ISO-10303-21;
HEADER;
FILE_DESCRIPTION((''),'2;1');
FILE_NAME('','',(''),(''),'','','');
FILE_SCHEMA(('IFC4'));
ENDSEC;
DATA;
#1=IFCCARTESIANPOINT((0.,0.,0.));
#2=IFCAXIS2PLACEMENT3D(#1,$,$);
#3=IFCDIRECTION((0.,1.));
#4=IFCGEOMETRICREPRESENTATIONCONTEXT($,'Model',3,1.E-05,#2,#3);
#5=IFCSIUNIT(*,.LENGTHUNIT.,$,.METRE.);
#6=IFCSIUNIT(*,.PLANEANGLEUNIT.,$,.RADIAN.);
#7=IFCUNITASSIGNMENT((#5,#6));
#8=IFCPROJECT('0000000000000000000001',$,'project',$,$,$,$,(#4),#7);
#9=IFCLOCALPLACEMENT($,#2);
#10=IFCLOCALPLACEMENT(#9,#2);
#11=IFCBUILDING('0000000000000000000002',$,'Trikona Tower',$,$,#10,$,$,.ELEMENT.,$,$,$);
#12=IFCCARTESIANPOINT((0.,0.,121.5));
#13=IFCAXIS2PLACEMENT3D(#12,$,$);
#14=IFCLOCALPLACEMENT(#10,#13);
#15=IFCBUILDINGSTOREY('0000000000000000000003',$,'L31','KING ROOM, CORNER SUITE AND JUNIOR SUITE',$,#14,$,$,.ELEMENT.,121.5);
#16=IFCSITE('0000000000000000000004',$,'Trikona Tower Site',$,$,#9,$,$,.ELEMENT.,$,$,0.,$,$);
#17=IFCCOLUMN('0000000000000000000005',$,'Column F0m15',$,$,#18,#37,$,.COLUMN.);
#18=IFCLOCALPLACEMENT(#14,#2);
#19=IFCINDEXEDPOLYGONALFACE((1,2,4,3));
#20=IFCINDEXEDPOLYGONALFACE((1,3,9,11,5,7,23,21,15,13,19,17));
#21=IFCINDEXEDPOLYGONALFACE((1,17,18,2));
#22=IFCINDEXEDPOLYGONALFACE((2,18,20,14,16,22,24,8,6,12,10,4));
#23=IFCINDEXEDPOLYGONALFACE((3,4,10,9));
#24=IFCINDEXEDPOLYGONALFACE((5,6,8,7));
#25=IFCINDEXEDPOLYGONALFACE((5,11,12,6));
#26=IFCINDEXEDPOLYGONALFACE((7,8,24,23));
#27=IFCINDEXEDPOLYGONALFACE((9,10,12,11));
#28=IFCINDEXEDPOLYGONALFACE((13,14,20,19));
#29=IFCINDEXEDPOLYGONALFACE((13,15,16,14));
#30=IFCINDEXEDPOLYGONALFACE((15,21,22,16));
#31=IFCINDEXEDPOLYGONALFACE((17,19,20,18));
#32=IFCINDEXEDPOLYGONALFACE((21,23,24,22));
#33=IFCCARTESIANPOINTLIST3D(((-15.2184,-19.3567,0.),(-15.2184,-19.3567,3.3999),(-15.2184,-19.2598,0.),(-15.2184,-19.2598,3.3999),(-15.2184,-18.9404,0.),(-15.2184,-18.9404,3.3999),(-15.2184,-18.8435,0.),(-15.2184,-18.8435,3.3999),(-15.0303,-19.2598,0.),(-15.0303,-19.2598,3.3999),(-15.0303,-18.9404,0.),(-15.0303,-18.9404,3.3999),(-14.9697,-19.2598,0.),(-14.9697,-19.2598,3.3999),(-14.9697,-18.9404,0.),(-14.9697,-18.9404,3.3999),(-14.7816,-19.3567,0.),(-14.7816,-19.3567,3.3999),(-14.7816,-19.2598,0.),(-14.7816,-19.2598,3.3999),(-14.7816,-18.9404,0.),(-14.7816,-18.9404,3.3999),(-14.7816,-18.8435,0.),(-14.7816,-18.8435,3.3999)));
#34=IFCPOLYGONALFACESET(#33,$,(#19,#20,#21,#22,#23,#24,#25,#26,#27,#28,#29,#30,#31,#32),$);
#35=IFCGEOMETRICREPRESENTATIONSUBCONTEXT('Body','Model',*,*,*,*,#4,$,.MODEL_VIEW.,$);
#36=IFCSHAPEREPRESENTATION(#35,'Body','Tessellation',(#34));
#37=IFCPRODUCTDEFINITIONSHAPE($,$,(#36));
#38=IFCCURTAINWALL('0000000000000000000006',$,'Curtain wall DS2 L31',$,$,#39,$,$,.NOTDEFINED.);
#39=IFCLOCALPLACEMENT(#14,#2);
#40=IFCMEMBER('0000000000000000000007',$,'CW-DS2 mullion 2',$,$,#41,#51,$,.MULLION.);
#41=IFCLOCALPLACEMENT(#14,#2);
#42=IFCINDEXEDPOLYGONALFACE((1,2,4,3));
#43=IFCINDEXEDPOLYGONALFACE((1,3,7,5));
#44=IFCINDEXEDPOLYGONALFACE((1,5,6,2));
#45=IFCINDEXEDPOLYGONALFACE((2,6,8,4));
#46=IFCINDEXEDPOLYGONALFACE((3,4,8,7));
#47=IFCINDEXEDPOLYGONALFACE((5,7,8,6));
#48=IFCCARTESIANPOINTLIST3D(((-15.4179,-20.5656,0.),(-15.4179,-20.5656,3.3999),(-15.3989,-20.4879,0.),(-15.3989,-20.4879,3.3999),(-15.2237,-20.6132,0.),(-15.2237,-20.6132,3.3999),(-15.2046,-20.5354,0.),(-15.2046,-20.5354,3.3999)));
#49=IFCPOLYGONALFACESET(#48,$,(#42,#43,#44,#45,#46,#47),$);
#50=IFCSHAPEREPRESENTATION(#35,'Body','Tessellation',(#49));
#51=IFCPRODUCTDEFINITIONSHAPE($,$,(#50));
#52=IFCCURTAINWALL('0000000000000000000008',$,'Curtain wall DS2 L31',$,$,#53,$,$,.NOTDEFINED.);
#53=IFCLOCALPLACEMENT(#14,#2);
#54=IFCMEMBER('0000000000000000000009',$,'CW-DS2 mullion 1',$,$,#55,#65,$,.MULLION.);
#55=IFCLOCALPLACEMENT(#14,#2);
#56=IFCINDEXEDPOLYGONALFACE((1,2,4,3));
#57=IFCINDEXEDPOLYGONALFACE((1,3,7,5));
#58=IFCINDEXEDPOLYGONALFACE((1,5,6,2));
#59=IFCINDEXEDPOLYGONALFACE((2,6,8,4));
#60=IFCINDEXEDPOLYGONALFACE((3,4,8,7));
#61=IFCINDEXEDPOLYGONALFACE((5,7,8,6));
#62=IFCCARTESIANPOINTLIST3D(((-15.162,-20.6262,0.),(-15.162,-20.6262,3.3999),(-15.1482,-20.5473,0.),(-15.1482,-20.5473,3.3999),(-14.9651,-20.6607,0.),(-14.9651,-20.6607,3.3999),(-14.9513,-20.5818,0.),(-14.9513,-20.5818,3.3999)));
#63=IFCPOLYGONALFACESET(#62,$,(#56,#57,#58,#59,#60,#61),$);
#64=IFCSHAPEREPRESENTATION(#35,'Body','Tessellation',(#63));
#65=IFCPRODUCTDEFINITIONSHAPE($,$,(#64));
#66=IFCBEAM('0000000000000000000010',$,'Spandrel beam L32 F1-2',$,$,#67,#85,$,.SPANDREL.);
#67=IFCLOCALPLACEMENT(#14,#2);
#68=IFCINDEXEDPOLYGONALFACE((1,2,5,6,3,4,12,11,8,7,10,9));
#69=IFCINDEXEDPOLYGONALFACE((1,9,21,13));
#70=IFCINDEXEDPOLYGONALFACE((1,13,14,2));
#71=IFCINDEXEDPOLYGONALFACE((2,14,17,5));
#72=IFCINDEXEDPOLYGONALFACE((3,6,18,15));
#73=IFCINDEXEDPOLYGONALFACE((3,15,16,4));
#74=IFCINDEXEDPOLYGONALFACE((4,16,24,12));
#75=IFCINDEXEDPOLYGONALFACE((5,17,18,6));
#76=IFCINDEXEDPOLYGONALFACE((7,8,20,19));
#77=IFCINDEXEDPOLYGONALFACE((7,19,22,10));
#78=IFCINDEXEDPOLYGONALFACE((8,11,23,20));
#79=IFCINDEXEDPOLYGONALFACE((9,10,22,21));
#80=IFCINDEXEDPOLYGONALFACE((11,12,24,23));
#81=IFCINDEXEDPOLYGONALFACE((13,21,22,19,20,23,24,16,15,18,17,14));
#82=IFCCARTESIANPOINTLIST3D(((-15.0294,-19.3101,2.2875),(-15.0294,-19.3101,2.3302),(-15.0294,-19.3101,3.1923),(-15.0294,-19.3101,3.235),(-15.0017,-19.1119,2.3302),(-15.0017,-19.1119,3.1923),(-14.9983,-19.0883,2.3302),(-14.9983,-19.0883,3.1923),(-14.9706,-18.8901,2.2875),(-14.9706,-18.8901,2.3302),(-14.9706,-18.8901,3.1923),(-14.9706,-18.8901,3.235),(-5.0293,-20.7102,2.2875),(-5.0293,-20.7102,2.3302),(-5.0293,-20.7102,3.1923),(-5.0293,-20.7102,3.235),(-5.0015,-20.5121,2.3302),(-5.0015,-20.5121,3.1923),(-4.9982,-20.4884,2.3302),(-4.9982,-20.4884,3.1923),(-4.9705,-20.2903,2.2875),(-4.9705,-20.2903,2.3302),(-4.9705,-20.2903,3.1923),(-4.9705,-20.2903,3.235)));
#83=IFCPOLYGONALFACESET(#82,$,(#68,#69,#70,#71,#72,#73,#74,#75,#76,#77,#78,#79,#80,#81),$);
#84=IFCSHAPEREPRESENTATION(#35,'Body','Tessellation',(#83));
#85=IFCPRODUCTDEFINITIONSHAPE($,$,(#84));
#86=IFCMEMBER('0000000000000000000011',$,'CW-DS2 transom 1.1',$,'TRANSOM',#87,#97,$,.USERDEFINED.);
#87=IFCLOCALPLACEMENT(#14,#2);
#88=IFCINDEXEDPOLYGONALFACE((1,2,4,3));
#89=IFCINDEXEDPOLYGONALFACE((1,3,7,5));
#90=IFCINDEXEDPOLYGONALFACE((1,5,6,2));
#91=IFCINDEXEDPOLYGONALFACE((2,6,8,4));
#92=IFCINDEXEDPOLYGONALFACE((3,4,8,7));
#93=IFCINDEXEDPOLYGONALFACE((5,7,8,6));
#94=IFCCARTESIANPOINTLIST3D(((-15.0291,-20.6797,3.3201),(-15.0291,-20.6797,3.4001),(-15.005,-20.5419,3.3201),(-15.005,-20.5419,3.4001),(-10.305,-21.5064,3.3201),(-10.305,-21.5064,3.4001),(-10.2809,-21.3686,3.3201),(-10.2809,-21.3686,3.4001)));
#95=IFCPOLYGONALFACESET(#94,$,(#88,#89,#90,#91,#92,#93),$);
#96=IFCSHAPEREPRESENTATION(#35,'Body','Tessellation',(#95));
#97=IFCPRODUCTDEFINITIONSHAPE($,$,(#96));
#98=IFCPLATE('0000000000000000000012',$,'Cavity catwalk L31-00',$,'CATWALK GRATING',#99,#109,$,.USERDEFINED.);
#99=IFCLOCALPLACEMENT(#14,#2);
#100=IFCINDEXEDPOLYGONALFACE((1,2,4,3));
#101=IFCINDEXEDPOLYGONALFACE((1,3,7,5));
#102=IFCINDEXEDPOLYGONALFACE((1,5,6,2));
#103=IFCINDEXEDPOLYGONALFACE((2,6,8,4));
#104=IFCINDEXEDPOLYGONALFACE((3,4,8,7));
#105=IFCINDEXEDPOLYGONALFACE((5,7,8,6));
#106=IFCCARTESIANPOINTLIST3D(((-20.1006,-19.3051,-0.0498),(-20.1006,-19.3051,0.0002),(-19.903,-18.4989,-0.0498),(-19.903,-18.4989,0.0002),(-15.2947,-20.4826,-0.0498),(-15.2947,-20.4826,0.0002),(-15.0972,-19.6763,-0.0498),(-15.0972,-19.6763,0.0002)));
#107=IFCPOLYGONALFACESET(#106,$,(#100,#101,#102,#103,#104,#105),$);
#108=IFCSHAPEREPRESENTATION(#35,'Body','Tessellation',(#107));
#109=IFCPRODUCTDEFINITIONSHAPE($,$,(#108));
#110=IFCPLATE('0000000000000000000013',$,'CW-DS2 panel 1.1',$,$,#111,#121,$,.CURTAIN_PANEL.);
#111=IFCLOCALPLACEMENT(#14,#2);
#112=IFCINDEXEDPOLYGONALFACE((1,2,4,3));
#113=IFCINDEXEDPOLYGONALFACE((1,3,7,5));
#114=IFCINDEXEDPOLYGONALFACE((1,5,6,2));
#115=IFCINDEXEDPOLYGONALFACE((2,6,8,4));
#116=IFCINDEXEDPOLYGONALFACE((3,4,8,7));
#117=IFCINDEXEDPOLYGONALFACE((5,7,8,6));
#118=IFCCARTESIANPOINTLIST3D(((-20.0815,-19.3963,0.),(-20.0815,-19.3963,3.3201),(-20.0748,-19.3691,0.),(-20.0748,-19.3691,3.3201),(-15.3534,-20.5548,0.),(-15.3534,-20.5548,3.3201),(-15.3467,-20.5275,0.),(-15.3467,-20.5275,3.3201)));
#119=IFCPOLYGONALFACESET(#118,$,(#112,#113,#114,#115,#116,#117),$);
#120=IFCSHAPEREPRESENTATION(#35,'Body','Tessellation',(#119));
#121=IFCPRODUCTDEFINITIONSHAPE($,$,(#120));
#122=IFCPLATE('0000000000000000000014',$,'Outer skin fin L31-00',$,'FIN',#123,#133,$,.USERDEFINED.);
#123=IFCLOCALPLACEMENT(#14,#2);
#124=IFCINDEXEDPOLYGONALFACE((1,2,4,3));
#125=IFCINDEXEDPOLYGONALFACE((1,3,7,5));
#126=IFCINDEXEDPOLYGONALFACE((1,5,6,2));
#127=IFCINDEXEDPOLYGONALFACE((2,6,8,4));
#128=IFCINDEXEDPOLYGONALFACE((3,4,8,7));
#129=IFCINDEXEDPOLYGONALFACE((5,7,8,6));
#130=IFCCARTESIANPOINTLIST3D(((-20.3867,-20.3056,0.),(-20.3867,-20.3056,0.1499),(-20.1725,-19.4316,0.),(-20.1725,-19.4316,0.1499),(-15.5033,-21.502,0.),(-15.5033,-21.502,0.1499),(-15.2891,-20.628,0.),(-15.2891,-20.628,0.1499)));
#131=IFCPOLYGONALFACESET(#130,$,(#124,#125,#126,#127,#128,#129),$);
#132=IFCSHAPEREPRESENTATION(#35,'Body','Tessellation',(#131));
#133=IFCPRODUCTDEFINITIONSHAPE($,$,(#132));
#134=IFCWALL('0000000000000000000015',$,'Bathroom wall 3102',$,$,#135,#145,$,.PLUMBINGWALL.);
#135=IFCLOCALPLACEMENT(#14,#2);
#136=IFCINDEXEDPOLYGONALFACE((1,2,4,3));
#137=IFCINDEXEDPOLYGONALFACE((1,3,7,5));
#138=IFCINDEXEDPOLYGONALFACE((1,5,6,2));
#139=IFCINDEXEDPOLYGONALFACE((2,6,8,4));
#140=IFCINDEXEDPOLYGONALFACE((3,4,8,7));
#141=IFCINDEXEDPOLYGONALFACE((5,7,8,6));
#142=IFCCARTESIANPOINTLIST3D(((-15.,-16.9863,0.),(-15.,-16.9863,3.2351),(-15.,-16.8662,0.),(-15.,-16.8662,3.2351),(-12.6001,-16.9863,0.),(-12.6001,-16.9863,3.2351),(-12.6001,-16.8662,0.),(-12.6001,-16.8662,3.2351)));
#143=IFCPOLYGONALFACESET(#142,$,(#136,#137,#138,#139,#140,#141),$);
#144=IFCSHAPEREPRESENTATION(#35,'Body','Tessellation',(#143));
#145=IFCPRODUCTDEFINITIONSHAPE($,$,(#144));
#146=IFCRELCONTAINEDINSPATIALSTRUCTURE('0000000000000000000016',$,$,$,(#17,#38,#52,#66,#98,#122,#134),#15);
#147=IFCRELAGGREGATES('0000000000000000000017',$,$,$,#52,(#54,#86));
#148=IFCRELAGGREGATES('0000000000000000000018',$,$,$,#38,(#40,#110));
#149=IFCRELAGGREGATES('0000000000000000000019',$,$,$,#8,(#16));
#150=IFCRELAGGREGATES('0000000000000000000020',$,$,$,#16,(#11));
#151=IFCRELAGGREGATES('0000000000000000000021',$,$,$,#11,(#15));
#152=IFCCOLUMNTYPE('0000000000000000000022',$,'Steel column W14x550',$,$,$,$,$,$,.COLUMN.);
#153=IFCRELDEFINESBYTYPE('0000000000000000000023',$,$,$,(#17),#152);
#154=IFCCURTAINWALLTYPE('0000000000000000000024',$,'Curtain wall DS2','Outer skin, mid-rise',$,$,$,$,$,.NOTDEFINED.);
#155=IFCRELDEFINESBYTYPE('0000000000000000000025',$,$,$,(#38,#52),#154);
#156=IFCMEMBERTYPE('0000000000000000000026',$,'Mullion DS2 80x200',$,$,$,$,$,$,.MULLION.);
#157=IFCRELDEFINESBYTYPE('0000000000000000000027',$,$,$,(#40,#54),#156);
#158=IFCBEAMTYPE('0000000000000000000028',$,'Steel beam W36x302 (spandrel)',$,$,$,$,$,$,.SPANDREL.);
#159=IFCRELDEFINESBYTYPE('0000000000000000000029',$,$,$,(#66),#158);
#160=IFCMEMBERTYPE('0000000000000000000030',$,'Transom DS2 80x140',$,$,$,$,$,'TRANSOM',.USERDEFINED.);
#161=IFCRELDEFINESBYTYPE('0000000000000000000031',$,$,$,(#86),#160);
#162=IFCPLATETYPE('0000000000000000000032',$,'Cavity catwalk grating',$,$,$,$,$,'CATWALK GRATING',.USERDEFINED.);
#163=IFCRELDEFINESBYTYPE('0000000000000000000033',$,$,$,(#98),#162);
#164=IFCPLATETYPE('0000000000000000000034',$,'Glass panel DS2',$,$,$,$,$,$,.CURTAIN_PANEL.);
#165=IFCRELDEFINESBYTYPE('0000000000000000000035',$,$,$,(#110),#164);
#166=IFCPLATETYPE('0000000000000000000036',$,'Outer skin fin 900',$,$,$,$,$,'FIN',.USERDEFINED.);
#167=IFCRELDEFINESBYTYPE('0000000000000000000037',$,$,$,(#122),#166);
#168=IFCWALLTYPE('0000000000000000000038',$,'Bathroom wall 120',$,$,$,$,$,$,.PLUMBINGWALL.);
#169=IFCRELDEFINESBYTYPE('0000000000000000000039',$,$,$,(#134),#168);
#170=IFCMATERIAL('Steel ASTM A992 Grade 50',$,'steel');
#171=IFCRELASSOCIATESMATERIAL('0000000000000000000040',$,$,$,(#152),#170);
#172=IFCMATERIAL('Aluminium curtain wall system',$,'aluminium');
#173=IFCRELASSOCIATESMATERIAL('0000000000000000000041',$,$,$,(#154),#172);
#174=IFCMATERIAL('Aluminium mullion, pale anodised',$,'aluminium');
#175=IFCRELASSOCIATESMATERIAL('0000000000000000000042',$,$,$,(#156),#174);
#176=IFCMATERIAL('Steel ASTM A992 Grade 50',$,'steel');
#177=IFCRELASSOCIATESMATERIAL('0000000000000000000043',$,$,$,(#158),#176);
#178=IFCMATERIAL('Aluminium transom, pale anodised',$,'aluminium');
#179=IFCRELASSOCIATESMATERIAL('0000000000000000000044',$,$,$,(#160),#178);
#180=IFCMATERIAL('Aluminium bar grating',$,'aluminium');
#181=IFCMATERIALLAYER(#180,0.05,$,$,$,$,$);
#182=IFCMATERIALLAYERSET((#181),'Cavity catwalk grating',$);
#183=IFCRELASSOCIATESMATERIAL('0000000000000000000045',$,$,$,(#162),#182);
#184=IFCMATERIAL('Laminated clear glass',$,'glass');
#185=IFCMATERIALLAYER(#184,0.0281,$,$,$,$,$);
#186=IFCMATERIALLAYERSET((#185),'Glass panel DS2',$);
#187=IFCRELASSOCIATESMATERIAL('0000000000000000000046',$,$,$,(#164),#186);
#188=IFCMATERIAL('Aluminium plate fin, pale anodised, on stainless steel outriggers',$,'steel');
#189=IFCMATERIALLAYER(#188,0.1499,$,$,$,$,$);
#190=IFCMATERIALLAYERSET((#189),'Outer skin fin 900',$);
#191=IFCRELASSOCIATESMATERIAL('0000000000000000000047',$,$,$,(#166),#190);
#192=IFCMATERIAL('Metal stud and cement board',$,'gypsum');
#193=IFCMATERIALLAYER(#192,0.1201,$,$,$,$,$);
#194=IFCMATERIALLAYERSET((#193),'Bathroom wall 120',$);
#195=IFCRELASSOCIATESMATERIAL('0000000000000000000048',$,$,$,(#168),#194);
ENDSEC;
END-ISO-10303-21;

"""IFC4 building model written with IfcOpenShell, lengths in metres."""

from ifc_helpers import new_model, si_unit, direction, frame, frame_2d, origin, origin_2d, place, context, subcontext, project, spatial, rectangle, i_section, extrude, material, layer, layer_set, material_profile, profile_set, type_object, element, aggregate, save


model = new_model("IFC4")

# Units and contexts
model_context = context("Model", 3, precision=1e-05, world=origin(), true_north=direction((0.0, 1.0)))
body_context = subcontext(model_context, "Body", "Model", "MODEL_VIEW")
ifc_project = project(units=[si_unit("LENGTHUNIT", "METRE"), si_unit("PLANEANGLEUNIT", "RADIAN")], contexts=[model_context])

# Site, building, storey
site_placement = place(None, origin())
site = spatial("IfcSite", under=ifc_project, at=site_placement, Name="Trikona Tower Site", CompositionType="ELEMENT", RefElevation=0.0)
building_placement = place(site_placement, origin())
building = spatial("IfcBuilding", under=site, at=building_placement, Name="Trikona Tower", CompositionType="ELEMENT")
storey_placement = place(building_placement, frame((0.0, 0.0, 121.5)))
storey = spatial("IfcBuildingStorey", under=building, at=storey_placement, Name="L31", Description="KING ROOM, CORNER SUITE AND JUNIOR SUITE", CompositionType="ELEMENT", Elevation=121.5)

# Column
ifc_material_1 = material(Name="Steel ASTM A992 Grade 50", Category="steel")
ifc_material_profile_1 = material_profile(ifc_material_1, i_section(OverallWidth=0.4368, OverallDepth=0.5132, WebThickness=0.0605, FlangeThickness=0.0969, at=origin_2d()), Name="W14X550")
ifc_profile_set_1 = profile_set([ifc_material_profile_1], Name="Steel ASTM A992 Grade 50")
column_type = type_object("IfcColumnType", Name="Steel column W14x550", PredefinedType="COLUMN", material=ifc_profile_set_1)
column_placement = place(storey_placement, frame((-15.0, -19.1001, 0.0), z_axis=(0.0, 0.0, 1.0), x_axis=(1.0, 0.0, 0.0)))
element("IfcColumn", 1, at=column_placement, inside=storey, type_object=column_type, Name="Column F0m15", PredefinedType="COLUMN", context=body_context, shape_type="SweptSolid", body=[
    extrude(i_section(OverallWidth=0.4368, OverallDepth=0.5132, WebThickness=0.0605, FlangeThickness=0.0969, at=origin_2d()), origin(), (0.0, 0.0, 1.0), 3.3999),
])

# Curtain walls, members
ifc_material_2 = material(Name="Aluminium curtain wall system", Category="aluminium")
curtain_wall_type = type_object("IfcCurtainWallType", Name="Curtain wall DS2", Description="Outer skin, mid-rise", PredefinedType="NOTDEFINED", material=ifc_material_2)
curtain_wall_1_placement = place(storey_placement, origin())
curtain_wall_1 = element("IfcCurtainWall", 2, at=curtain_wall_1_placement, inside=storey, type_object=curtain_wall_type, Name="Curtain wall DS2 L31", PredefinedType="NOTDEFINED")
ifc_material_3 = material(Name="Aluminium mullion, pale anodised", Category="aluminium")
ifc_material_profile_2 = material_profile(ifc_material_3, rectangle(XDim=0.0801, YDim=0.2, at=origin_2d()), Name="MUL-DS2")
ifc_profile_set_2 = profile_set([ifc_material_profile_2], Name="Aluminium mullion, pale anodised")
member_type_1 = type_object("IfcMemberType", Name="Mullion DS2 80x200", PredefinedType="MULLION", material=ifc_profile_set_2)
member_1_placement = place(storey_placement, frame((-15.3113, -20.5505, 0.0), z_axis=(0.0, 0.0, 1.0), x_axis=(0.23797, 0.971272, 0.0)))
member_1 = element("IfcMember", 3, at=member_1_placement, type_object=member_type_1, Name="CW-DS2 mullion 2", PredefinedType="MULLION", context=body_context, shape_type="SweptSolid", body=[
    extrude(rectangle(XDim=0.0801, YDim=0.2, at=origin_2d()), origin(), (0.0, 0.0, 1.0), 3.3999),
])
curtain_wall_2_placement = place(storey_placement, origin())
curtain_wall_2 = element("IfcCurtainWall", 4, at=curtain_wall_2_placement, inside=storey, type_object=curtain_wall_type, Name="Curtain wall DS2 L31", PredefinedType="NOTDEFINED")
member_2_placement = place(storey_placement, frame((-15.0566, -20.604, 0.0), z_axis=(0.0, 0.0, 1.0), x_axis=(0.172377, 0.985031, 0.0)))
member_2 = element("IfcMember", 5, at=member_2_placement, type_object=member_type_1, Name="CW-DS2 mullion 1", PredefinedType="MULLION", context=body_context, shape_type="SweptSolid", body=[
    extrude(rectangle(XDim=0.0801, YDim=0.2, at=origin_2d()), origin(), (0.0, 0.0, 1.0), 3.3999),
])

# Beam
ifc_material_4 = material(Name="Steel ASTM A992 Grade 50", Category="steel")
ifc_material_profile_3 = material_profile(ifc_material_4, i_section(OverallWidth=0.4241, OverallDepth=0.9475, WebThickness=0.0239, FlangeThickness=0.0427, at=origin_2d()), Name="W36X302")
ifc_profile_set_3 = profile_set([ifc_material_profile_3], Name="Steel ASTM A992 Grade 50")
beam_type = type_object("IfcBeamType", Name="Steel beam W36x302 (spandrel)", PredefinedType="SPANDREL", material=ifc_profile_set_3)
beam_placement = place(storey_placement, frame((-15.0, -19.1001, 2.7612), z_axis=(0.99034, -0.138662, 0.0), x_axis=(0.138662, 0.99034, 0.0)))
element("IfcBeam", 6, at=beam_placement, inside=storey, type_object=beam_type, Name="Spandrel beam L32 F1-2", PredefinedType="SPANDREL", context=body_context, shape_type="SweptSolid", body=[
    extrude(i_section(OverallWidth=0.4241, OverallDepth=0.9475, WebThickness=0.0239, FlangeThickness=0.0427, at=origin_2d()), origin(), (0.0, 0.0, 1.0), 10.0977),
])

# Member
ifc_material_5 = material(Name="Aluminium transom, pale anodised", Category="aluminium")
ifc_material_profile_4 = material_profile(ifc_material_5, rectangle(XDim=0.1399, YDim=0.0801, at=origin_2d()), Name="TRN-DS2")
ifc_profile_set_4 = profile_set([ifc_material_profile_4], Name="Aluminium transom, pale anodised")
member_type_2 = type_object("IfcMemberType", Name="Transom DS2 80x140", ElementType="TRANSOM", PredefinedType="USERDEFINED", material=ifc_profile_set_4)
member_3_placement = place(storey_placement, frame((-15.0171, -20.6108, 3.3601), z_axis=(0.985033, -0.172368, 0.0), x_axis=(0.172368, 0.985033, 0.0)))
member_3 = element("IfcMember", 7, at=member_3_placement, type_object=member_type_2, Name="CW-DS2 transom 1.1", ObjectType="TRANSOM", PredefinedType="USERDEFINED", context=body_context, shape_type="SweptSolid", body=[
    extrude(rectangle(XDim=0.1399, YDim=0.0801, at=origin_2d()), origin(), (0.0, 0.0, 1.0), 4.7959),
])
aggregate(curtain_wall_2, [member_2, member_3])

# Plates
ifc_material_6 = material(Name="Aluminium bar grating", Category="aluminium")
ifc_layer_1 = layer(ifc_material_6, 0.05)
ifc_layer_set_1 = layer_set([ifc_layer_1], Name="Cavity catwalk grating")
plate_type_1 = type_object("IfcPlateType", Name="Cavity catwalk grating", ElementType="CATWALK GRATING", PredefinedType="USERDEFINED", material=ifc_layer_set_1)
plate_1_placement = place(storey_placement, frame((-17.5989, -19.4907, -0.0498), z_axis=(0.0, 0.0, 1.0), x_axis=(0.971274, -0.237962, 0.0)))
element("IfcPlate", 8, at=plate_1_placement, inside=storey, type_object=plate_type_1, Name="Cavity catwalk L31-00", ObjectType="CATWALK GRATING", PredefinedType="USERDEFINED", context=body_context, shape_type="SweptSolid", body=[
    extrude(rectangle(XDim=4.948, YDim=0.8301, at=origin_2d()), origin(), (0.0, 0.0, 1.0), 0.05),
])
ifc_material_7 = material(Name="Laminated clear glass", Category="glass")
ifc_layer_2 = layer(ifc_material_7, 0.0281)
ifc_layer_set_2 = layer_set([ifc_layer_2], Name="Glass panel DS2")
plate_type_2 = type_object("IfcPlateType", Name="Glass panel DS2", PredefinedType="CURTAIN_PANEL", material=ifc_layer_set_2)
plate_2_placement = place(storey_placement, frame((-17.7141, -19.9619, 0.0), z_axis=(0.0, 0.0, 1.0), x_axis=(0.971272, -0.23797, 0.0)))
plate_2 = element("IfcPlate", 9, at=plate_2_placement, type_object=plate_type_2, Name="CW-DS2 panel 1.1", PredefinedType="CURTAIN_PANEL", context=body_context, shape_type="SweptSolid", body=[
    extrude(rectangle(XDim=4.8679, YDim=0.0281, at=origin_2d()), origin(), (0.0, 0.0, 1.0), 3.3201),
])
aggregate(curtain_wall_1, [member_1, plate_2])
ifc_material_8 = material(Name="Aluminium plate fin, pale anodised, on stainless steel outriggers", Category="steel")
ifc_layer_3 = layer(ifc_material_8, 0.1499)
ifc_layer_set_3 = layer_set([ifc_layer_3], Name="Outer skin fin 900")
plate_type_3 = type_object("IfcPlateType", Name="Outer skin fin 900", ElementType="FIN", PredefinedType="USERDEFINED", material=ifc_layer_set_3)
plate_3_placement = place(storey_placement, frame((-17.8379, -20.4668, 0.0), z_axis=(0.0, 0.0, 1.0), x_axis=(0.971274, -0.237962, 0.0)))
element("IfcPlate", 10, at=plate_3_placement, inside=storey, type_object=plate_type_3, Name="Outer skin fin L31-00", ObjectType="FIN", PredefinedType="USERDEFINED", context=body_context, shape_type="SweptSolid", body=[
    extrude(rectangle(XDim=5.0278, YDim=0.8999, at=origin_2d()), origin(), (0.0, 0.0, 1.0), 0.1499),
])

# Wall
ifc_material_9 = material(Name="Metal stud and cement board", Category="gypsum")
ifc_layer_4 = layer(ifc_material_9, 0.1201)
ifc_layer_set_4 = layer_set([ifc_layer_4], Name="Bathroom wall 120")
wall_type_1 = type_object("IfcWallType", Name="Bathroom wall 120", PredefinedType="PLUMBINGWALL", material=ifc_layer_set_4)
wall_1_placement = place(storey_placement, frame((-15.0, -16.9263, 0.0), z_axis=(0.0, 0.0, 1.0), x_axis=(1.0, 0.0, 0.0)))
element("IfcWall", 11, at=wall_1_placement, inside=storey, type_object=wall_type_1, Name="Bathroom wall 3102", PredefinedType="PLUMBINGWALL", context=body_context, shape_type="SweptSolid", body=[
    extrude(rectangle(XDim=2.3999, YDim=0.1201, at=frame_2d((1.2, 0.0))), origin(), (0.0, 0.0, 1.0), 3.2351),
])

save(model, "model.ifc")
